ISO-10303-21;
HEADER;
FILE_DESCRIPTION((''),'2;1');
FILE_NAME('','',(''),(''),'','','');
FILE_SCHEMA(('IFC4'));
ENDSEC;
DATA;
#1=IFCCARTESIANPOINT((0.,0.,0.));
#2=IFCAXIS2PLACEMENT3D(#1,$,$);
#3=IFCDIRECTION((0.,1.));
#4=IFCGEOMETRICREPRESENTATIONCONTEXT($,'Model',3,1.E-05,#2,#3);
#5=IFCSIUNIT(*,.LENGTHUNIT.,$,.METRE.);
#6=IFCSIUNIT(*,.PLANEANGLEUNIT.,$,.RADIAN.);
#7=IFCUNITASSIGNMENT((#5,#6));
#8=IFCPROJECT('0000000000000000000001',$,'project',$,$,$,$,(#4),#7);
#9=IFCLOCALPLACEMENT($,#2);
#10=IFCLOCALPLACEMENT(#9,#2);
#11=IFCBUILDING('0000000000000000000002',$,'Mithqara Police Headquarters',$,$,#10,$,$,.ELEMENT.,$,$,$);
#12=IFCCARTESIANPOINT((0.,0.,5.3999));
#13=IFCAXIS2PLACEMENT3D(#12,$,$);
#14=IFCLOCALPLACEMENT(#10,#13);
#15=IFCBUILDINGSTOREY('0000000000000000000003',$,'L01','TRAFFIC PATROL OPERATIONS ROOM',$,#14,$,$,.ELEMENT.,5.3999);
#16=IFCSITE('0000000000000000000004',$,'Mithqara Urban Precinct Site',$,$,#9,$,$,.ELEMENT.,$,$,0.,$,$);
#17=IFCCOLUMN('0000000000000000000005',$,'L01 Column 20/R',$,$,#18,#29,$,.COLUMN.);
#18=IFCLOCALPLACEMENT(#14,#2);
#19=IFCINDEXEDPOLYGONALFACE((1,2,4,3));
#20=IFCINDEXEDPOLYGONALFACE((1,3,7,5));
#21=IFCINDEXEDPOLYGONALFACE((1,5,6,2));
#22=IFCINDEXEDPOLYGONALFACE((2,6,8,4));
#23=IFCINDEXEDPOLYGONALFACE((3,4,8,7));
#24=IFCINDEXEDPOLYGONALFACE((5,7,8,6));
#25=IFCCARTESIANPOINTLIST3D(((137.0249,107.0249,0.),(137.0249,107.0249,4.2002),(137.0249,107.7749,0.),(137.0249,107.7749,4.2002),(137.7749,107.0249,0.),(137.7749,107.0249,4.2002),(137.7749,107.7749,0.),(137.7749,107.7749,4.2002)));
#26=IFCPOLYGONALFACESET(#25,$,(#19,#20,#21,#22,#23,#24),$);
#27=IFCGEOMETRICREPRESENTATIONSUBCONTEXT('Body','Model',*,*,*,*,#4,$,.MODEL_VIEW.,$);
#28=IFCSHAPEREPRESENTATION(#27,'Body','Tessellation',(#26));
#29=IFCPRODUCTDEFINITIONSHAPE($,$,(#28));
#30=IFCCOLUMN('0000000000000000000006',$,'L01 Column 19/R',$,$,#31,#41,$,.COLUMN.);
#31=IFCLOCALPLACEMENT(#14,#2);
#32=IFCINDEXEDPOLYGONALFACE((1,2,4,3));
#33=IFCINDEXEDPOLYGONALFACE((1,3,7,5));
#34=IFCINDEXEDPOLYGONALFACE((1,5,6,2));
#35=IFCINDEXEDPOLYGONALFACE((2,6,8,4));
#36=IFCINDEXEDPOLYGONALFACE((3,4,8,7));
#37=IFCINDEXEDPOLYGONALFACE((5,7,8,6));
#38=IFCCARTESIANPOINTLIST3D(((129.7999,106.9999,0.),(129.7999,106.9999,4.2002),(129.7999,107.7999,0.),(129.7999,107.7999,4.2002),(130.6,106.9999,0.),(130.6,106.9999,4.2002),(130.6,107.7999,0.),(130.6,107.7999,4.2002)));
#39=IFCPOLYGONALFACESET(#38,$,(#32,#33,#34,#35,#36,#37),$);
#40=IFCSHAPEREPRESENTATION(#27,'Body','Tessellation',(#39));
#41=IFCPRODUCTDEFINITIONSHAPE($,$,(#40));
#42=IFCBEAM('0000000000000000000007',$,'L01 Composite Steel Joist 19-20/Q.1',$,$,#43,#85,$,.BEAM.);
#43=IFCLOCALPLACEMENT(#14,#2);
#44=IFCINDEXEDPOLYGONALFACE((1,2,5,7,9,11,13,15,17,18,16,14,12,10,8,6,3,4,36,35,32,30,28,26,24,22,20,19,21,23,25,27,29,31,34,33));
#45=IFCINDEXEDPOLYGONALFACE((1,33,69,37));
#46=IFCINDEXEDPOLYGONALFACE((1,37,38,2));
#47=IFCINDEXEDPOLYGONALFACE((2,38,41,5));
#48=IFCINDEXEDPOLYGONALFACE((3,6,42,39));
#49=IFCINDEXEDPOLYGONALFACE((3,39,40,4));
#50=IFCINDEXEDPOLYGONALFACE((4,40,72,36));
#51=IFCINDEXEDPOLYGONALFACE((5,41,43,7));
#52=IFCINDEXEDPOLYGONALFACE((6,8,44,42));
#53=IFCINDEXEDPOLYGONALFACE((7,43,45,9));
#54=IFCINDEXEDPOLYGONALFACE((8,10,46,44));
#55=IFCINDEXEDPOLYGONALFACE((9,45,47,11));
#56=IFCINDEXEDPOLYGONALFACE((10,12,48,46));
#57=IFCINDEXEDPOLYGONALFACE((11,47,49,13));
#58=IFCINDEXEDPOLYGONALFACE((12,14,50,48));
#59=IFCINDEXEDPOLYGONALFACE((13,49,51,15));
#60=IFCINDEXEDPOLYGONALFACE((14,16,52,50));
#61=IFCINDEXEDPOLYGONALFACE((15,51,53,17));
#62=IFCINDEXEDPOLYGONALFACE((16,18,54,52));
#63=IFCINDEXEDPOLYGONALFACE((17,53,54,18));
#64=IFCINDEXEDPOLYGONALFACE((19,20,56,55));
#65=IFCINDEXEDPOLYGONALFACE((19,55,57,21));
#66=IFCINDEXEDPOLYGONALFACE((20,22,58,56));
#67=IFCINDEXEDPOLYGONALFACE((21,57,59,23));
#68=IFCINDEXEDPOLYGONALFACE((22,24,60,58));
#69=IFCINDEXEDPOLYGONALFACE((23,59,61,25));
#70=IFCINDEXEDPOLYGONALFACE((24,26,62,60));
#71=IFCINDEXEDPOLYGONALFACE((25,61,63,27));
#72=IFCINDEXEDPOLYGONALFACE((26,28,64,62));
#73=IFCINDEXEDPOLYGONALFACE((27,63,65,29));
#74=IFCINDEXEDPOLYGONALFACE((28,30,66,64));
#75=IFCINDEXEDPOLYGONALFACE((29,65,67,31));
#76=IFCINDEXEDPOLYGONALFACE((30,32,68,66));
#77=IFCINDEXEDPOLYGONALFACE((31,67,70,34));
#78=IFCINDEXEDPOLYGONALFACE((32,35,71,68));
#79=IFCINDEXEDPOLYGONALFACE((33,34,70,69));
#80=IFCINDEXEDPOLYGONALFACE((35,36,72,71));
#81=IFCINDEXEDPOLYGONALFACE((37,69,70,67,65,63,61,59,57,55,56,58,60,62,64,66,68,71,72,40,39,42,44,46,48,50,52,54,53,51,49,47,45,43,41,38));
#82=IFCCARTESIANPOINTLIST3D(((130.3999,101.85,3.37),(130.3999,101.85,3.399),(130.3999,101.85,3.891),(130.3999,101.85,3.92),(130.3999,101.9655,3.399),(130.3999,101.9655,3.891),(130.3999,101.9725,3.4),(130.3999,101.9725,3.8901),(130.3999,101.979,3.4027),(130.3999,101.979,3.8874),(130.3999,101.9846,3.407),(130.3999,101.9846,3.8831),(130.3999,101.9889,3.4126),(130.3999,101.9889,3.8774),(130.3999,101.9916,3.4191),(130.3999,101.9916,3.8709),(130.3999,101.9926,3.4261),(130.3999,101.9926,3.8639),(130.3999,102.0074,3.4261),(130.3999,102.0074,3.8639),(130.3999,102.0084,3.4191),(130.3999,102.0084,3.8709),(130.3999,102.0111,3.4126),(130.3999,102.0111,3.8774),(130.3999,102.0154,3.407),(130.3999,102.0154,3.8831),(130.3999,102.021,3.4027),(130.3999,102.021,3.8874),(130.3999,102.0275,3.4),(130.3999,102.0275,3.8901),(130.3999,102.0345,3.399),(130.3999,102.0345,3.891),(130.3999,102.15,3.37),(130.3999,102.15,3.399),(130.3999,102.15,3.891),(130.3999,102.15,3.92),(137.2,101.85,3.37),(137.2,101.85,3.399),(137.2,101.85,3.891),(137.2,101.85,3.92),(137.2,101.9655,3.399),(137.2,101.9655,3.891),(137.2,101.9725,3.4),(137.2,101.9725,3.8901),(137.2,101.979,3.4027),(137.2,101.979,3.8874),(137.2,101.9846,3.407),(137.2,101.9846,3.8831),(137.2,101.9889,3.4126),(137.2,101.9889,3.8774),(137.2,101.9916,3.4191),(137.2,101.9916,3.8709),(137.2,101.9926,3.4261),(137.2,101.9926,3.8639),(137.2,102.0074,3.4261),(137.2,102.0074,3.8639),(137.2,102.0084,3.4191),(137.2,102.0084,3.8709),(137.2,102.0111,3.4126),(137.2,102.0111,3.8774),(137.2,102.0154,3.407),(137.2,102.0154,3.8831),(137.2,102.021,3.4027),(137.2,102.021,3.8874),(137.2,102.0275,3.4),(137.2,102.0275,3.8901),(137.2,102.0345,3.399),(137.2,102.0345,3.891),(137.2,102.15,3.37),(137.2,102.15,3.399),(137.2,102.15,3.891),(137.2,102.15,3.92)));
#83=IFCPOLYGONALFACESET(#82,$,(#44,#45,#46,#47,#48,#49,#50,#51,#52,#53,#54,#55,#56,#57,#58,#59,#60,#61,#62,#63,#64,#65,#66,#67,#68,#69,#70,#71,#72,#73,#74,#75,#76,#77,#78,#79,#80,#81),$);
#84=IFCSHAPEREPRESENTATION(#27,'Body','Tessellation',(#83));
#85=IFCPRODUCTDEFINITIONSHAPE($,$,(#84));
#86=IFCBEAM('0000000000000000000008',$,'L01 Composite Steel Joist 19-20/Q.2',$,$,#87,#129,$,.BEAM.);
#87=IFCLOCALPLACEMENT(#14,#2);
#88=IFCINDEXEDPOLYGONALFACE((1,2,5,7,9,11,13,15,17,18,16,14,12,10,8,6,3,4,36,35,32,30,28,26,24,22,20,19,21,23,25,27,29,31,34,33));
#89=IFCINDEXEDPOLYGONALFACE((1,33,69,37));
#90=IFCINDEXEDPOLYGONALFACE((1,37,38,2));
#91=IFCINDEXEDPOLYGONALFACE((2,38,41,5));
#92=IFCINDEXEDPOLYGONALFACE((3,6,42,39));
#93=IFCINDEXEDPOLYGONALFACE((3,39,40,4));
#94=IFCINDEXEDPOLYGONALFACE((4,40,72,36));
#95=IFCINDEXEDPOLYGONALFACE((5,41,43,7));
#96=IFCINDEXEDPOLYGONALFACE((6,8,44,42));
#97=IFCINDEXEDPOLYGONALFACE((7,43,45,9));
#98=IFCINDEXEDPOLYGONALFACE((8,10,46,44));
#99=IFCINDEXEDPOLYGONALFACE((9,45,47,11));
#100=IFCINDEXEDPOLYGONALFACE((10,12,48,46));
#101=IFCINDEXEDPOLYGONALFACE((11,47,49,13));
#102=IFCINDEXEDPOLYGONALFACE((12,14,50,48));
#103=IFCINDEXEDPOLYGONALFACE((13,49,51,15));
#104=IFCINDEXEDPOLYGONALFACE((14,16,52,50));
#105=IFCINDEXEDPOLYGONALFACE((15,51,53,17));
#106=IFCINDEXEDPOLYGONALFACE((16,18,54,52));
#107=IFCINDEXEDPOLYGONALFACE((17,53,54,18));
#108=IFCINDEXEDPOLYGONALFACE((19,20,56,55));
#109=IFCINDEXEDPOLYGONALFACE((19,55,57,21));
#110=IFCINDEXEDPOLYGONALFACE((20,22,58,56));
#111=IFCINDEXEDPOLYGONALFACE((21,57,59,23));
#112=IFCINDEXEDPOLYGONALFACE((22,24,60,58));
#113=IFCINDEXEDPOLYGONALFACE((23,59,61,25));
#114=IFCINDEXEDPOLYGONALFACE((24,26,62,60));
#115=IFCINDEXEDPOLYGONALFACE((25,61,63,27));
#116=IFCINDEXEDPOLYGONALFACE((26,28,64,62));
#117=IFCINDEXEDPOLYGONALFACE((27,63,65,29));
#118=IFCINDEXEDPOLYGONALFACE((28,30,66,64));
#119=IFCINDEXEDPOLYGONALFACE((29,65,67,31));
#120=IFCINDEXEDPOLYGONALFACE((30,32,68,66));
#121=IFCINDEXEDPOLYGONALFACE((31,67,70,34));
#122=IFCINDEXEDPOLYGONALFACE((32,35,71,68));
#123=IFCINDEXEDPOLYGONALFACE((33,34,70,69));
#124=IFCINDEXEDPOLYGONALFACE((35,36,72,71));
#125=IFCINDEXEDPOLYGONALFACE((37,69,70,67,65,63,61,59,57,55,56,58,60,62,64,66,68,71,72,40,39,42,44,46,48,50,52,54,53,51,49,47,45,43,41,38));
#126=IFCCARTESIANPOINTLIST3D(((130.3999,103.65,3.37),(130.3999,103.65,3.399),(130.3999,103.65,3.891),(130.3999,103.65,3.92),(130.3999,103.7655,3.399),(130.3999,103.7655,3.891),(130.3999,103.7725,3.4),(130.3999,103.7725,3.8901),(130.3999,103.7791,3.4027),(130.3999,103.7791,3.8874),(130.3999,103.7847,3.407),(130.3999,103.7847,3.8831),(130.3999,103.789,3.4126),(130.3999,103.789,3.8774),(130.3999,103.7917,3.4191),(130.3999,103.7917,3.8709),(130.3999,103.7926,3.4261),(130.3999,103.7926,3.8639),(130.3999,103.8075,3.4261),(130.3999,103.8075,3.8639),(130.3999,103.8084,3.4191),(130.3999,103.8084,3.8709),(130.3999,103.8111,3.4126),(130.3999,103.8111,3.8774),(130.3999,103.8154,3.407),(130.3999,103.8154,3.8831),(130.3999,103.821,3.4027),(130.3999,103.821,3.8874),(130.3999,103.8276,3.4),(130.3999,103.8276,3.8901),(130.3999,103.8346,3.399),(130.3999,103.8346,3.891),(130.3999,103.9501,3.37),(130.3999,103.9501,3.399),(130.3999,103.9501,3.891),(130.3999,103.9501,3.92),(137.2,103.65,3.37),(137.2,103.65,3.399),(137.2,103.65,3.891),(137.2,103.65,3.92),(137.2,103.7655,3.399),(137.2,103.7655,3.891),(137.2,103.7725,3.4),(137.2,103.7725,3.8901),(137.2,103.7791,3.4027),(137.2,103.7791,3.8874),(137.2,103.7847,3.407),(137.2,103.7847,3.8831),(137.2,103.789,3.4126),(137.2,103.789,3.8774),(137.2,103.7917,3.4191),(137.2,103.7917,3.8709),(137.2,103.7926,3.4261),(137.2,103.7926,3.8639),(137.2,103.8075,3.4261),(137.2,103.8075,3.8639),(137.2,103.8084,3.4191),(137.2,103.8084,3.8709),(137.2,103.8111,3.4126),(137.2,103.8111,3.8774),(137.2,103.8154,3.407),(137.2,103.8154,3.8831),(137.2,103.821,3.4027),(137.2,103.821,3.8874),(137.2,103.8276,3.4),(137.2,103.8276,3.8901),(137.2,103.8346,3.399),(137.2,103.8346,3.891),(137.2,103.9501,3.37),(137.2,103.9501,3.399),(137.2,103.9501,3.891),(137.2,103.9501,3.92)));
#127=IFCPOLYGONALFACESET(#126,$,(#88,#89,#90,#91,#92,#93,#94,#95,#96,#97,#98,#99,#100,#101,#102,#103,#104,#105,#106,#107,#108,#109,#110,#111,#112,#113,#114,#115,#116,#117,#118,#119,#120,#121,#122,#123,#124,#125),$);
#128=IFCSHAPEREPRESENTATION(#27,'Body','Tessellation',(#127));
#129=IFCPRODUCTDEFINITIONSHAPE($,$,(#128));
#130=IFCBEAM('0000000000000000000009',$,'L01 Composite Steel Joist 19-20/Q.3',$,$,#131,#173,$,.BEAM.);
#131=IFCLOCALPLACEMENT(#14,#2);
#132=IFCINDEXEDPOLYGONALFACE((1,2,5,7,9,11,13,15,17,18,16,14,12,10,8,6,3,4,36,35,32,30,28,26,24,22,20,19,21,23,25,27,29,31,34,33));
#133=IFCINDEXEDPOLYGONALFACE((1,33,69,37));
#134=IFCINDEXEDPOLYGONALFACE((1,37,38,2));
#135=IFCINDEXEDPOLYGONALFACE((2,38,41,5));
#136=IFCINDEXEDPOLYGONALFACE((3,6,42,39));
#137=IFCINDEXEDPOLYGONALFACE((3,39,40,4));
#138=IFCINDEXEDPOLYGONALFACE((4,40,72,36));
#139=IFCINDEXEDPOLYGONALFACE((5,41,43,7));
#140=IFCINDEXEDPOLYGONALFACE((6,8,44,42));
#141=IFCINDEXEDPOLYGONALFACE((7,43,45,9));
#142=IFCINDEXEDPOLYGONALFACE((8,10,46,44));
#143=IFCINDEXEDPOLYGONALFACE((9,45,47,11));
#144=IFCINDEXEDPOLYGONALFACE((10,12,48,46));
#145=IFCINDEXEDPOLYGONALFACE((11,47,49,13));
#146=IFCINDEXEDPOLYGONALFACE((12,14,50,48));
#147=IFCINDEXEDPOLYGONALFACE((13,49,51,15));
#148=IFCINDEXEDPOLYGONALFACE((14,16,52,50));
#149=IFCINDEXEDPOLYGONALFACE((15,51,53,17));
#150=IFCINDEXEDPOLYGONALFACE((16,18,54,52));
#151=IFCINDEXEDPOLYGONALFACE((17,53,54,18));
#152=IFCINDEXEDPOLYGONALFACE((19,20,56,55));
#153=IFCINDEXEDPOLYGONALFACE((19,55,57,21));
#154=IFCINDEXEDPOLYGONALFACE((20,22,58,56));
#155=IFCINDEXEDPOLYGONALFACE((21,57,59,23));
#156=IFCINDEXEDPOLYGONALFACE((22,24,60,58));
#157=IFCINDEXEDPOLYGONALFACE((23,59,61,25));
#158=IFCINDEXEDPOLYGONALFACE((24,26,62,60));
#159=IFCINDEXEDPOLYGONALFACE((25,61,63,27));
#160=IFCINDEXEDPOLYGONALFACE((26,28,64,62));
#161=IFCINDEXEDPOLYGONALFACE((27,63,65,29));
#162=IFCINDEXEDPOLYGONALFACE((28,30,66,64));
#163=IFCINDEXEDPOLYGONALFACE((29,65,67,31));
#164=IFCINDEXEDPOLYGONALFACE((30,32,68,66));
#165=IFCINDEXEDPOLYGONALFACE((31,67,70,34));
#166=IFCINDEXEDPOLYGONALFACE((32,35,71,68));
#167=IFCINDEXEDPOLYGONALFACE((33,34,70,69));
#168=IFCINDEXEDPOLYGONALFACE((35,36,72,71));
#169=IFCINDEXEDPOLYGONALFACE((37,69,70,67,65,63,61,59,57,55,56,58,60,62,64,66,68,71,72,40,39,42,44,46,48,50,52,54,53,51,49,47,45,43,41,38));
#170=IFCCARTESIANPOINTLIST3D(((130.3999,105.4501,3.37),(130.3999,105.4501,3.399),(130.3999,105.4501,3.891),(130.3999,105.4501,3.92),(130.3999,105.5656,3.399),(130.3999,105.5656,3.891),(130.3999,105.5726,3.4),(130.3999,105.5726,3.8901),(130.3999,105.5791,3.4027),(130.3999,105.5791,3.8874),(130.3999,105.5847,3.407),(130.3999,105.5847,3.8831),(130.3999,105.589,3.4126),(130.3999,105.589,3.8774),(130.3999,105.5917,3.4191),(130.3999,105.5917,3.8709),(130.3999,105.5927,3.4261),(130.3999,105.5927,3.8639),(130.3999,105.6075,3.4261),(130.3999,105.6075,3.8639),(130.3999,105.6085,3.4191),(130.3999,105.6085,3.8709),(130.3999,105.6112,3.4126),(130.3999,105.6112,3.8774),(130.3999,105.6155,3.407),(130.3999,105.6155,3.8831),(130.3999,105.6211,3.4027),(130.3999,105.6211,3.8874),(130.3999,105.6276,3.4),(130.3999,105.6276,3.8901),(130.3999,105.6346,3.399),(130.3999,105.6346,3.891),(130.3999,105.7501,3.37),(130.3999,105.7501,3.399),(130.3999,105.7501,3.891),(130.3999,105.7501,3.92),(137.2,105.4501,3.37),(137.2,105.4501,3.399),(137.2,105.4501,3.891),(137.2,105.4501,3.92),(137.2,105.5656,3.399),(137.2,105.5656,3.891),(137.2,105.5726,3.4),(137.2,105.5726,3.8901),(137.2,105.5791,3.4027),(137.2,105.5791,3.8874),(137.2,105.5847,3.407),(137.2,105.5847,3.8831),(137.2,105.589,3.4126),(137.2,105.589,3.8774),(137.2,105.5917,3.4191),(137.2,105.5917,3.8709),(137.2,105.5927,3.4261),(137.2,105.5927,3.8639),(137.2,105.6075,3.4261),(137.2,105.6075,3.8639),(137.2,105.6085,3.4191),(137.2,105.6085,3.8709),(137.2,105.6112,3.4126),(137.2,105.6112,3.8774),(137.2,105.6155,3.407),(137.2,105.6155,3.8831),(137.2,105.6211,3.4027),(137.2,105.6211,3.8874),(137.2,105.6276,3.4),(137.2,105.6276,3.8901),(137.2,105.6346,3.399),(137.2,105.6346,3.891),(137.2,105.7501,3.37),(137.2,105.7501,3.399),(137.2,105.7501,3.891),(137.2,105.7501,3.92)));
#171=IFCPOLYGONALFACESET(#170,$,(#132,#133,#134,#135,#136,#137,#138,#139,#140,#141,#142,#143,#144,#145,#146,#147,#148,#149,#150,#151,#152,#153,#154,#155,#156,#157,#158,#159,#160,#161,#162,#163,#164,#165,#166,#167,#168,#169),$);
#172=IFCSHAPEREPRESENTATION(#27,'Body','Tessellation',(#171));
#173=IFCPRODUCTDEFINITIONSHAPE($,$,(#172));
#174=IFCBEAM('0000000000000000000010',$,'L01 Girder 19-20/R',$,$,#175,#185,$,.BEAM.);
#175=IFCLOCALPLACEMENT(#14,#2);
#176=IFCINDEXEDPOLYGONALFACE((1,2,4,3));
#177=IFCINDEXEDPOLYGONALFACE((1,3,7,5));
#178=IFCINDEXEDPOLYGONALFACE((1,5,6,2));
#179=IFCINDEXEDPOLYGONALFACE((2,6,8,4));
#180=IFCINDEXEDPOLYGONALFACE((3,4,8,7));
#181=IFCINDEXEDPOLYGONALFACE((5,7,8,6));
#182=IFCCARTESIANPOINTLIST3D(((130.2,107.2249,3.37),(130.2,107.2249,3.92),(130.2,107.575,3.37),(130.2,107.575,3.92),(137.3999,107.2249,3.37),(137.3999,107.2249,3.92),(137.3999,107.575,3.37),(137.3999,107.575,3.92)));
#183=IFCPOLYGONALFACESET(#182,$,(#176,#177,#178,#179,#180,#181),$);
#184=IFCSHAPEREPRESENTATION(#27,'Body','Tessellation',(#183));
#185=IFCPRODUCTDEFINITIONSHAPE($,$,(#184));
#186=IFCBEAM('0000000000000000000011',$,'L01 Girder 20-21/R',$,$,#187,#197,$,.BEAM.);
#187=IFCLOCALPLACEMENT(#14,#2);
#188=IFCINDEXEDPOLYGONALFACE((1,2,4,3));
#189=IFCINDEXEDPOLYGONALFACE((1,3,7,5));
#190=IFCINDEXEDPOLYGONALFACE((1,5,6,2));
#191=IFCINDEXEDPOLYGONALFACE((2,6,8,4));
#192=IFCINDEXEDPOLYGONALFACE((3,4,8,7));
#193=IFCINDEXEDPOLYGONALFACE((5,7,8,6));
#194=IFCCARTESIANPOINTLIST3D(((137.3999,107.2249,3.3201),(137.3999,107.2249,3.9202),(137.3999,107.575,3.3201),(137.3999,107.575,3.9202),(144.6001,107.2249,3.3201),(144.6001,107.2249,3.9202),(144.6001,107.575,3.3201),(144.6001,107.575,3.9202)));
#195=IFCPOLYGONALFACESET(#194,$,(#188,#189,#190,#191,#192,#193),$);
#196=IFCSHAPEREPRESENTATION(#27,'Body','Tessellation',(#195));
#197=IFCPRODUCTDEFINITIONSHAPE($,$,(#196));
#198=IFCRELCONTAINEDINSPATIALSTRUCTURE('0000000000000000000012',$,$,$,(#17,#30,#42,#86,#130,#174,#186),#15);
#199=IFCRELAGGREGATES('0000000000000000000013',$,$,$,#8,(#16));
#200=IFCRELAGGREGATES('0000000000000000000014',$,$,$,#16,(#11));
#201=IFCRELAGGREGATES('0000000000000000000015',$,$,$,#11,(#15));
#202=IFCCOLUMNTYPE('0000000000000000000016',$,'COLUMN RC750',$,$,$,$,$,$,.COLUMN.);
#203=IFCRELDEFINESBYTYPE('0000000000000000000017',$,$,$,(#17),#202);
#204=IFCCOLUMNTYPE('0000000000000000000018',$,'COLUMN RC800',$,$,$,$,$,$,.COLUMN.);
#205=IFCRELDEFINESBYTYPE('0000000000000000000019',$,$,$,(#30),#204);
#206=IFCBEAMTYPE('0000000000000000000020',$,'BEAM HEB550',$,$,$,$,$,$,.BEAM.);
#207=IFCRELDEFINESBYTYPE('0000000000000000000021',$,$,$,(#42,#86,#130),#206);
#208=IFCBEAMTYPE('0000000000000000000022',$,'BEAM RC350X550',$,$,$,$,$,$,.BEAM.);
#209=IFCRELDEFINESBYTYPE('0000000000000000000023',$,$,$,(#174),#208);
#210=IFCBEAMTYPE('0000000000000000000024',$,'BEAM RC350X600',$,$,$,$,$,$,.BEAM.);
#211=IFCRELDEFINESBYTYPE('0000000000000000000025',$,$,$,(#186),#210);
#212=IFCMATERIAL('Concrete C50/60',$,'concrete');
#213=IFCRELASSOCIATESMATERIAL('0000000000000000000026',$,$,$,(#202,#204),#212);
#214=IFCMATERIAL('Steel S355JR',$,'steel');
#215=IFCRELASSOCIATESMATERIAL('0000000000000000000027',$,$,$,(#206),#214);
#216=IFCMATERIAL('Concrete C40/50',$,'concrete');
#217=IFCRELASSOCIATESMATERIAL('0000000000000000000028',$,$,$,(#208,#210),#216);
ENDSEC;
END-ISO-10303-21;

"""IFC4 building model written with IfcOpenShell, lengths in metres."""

from ifc_helpers import new_model, si_unit, direction, frame, origin, origin_2d, place, context, subcontext, project, spatial, rectangle, i_section, extrude, material, material_profile, profile_set, type_object, element, save


model = new_model("IFC4")

# Units and contexts
model_context = context("Model", 3, precision=1e-05, world=origin(), true_north=direction((0.0, 1.0)))
body_context = subcontext(model_context, "Body", "Model", "MODEL_VIEW")
ifc_project = project(units=[si_unit("LENGTHUNIT", "METRE"), si_unit("PLANEANGLEUNIT", "RADIAN")], contexts=[model_context])

# Site, building, storey
site_placement = place(None, origin())
site = spatial("IfcSite", under=ifc_project, at=site_placement, Name="Mithqara Urban Precinct Site", CompositionType="ELEMENT", RefElevation=0.0)
building_placement = place(site_placement, origin())
building = spatial("IfcBuilding", under=site, at=building_placement, Name="Mithqara Police Headquarters", CompositionType="ELEMENT")
storey_placement = place(building_placement, frame((0.0, 0.0, 5.3999)))
storey = spatial("IfcBuildingStorey", under=building, at=storey_placement, Name="L01", Description="TRAFFIC PATROL OPERATIONS ROOM", CompositionType="ELEMENT", Elevation=5.3999)

# Columns
ifc_material_1 = material(Name="Concrete C50/60", Category="concrete")
ifc_material_profile_1 = material_profile(ifc_material_1, rectangle(XDim=0.75, YDim=0.75, at=origin_2d()), Name="RC 750x750")
ifc_profile_set_1 = profile_set([ifc_material_profile_1], Name="Concrete C50/60")
column_type_1 = type_object("IfcColumnType", Name="COLUMN RC750", PredefinedType="COLUMN", material=ifc_profile_set_1)
column_1_placement = place(storey_placement, frame((137.3999, 107.3999, 0.0), z_axis=(0.0, 0.0, 1.0), x_axis=(1.0, 0.0, 0.0)))
element("IfcColumn", 1, at=column_1_placement, inside=storey, type_object=column_type_1, Name="L01 Column 20/R", PredefinedType="COLUMN", context=body_context, shape_type="SweptSolid", body=[
    extrude(rectangle(XDim=0.75, YDim=0.75, at=origin_2d()), origin(), (0.0, 0.0, 1.0), 4.2002),
])
ifc_material_profile_2 = material_profile(ifc_material_1, rectangle(XDim=0.8, YDim=0.8, at=origin_2d()), Name="RC 800x800")
ifc_profile_set_2 = profile_set([ifc_material_profile_2], Name="Concrete C50/60")
column_type_2 = type_object("IfcColumnType", Name="COLUMN RC800", PredefinedType="COLUMN", material=ifc_profile_set_2)
column_2_placement = place(storey_placement, frame((130.2, 107.3999, 0.0), z_axis=(0.0, 0.0, 1.0), x_axis=(1.0, 0.0, 0.0)))
element("IfcColumn", 2, at=column_2_placement, inside=storey, type_object=column_type_2, Name="L01 Column 19/R", PredefinedType="COLUMN", context=body_context, shape_type="SweptSolid", body=[
    extrude(rectangle(XDim=0.8, YDim=0.8, at=origin_2d()), origin(), (0.0, 0.0, 1.0), 4.2002),
])

# Beams
ifc_material_2 = material(Name="Steel S355JR", Category="steel")
ifc_material_profile_3 = material_profile(ifc_material_2, i_section(OverallWidth=0.3, OverallDepth=0.55, WebThickness=0.0149, FlangeThickness=0.0291, FilletRadius=0.0271, at=origin_2d()), Name="HEB 550")
ifc_profile_set_3 = profile_set([ifc_material_profile_3], Name="Steel S355JR")
beam_type_1 = type_object("IfcBeamType", Name="BEAM HEB550", PredefinedType="BEAM", material=ifc_profile_set_3)
for number, where, z_axis, x_axis, name in (
    (3, (130.3999, 102.0, 3.645), (1.0, 0.0, 0.0), (0.0, 1.0, 0.0), "L01 Composite Steel Joist 19-20/Q.1"),
    (4, (130.3999, 103.8, 3.645), (1.0, 0.0, 0.0), (0.0, 1.0, 0.0), "L01 Composite Steel Joist 19-20/Q.2"),
    (5, (130.3999, 105.6001, 3.645), (1.0, 0.0, 0.0), (0.0, 1.0, 0.0), "L01 Composite Steel Joist 19-20/Q.3"),
):
    element("IfcBeam", number, at=place(storey_placement, frame(where, z_axis=z_axis, x_axis=x_axis)), inside=storey, type_object=beam_type_1, Name=name, PredefinedType="BEAM", context=body_context, shape_type="SweptSolid", body=[
        extrude(i_section(OverallWidth=0.3, OverallDepth=0.55, WebThickness=0.0149, FlangeThickness=0.0291, FilletRadius=0.0271, at=origin_2d()), origin(), (0.0, 0.0, 1.0), 6.8),
    ])
ifc_material_3 = material(Name="Concrete C40/50", Category="concrete")
ifc_material_profile_4 = material_profile(ifc_material_3, rectangle(XDim=0.3501, YDim=0.55, at=origin_2d()), Name="RC 350x550")
ifc_profile_set_4 = profile_set([ifc_material_profile_4], Name="Concrete C40/50")
beam_type_2 = type_object("IfcBeamType", Name="BEAM RC350X550", PredefinedType="BEAM", material=ifc_profile_set_4)
beam_1_placement = place(storey_placement, frame((130.2, 107.3999, 3.645), z_axis=(1.0, 0.0, 0.0), x_axis=(0.0, 1.0, 0.0)))
element("IfcBeam", 6, at=beam_1_placement, inside=storey, type_object=beam_type_2, Name="L01 Girder 19-20/R", PredefinedType="BEAM", context=body_context, shape_type="SweptSolid", body=[
    extrude(rectangle(XDim=0.3501, YDim=0.55, at=origin_2d()), origin(), (0.0, 0.0, 1.0), 7.2),
])
ifc_material_profile_5 = material_profile(ifc_material_3, rectangle(XDim=0.3501, YDim=0.6001, at=origin_2d()), Name="RC 350x600")
ifc_profile_set_5 = profile_set([ifc_material_profile_5], Name="Concrete C40/50")
beam_type_3 = type_object("IfcBeamType", Name="BEAM RC350X600", PredefinedType="BEAM", material=ifc_profile_set_5)
beam_2_placement = place(storey_placement, frame((137.3999, 107.3999, 3.6201), z_axis=(1.0, 0.0, 0.0), x_axis=(0.0, 1.0, 0.0)))
element("IfcBeam", 7, at=beam_2_placement, inside=storey, type_object=beam_type_3, Name="L01 Girder 20-21/R", PredefinedType="BEAM", context=body_context, shape_type="SweptSolid", body=[
    extrude(rectangle(XDim=0.3501, YDim=0.6001, at=origin_2d()), origin(), (0.0, 0.0, 1.0), 7.2002),
])

save(model, "model.ifc")
